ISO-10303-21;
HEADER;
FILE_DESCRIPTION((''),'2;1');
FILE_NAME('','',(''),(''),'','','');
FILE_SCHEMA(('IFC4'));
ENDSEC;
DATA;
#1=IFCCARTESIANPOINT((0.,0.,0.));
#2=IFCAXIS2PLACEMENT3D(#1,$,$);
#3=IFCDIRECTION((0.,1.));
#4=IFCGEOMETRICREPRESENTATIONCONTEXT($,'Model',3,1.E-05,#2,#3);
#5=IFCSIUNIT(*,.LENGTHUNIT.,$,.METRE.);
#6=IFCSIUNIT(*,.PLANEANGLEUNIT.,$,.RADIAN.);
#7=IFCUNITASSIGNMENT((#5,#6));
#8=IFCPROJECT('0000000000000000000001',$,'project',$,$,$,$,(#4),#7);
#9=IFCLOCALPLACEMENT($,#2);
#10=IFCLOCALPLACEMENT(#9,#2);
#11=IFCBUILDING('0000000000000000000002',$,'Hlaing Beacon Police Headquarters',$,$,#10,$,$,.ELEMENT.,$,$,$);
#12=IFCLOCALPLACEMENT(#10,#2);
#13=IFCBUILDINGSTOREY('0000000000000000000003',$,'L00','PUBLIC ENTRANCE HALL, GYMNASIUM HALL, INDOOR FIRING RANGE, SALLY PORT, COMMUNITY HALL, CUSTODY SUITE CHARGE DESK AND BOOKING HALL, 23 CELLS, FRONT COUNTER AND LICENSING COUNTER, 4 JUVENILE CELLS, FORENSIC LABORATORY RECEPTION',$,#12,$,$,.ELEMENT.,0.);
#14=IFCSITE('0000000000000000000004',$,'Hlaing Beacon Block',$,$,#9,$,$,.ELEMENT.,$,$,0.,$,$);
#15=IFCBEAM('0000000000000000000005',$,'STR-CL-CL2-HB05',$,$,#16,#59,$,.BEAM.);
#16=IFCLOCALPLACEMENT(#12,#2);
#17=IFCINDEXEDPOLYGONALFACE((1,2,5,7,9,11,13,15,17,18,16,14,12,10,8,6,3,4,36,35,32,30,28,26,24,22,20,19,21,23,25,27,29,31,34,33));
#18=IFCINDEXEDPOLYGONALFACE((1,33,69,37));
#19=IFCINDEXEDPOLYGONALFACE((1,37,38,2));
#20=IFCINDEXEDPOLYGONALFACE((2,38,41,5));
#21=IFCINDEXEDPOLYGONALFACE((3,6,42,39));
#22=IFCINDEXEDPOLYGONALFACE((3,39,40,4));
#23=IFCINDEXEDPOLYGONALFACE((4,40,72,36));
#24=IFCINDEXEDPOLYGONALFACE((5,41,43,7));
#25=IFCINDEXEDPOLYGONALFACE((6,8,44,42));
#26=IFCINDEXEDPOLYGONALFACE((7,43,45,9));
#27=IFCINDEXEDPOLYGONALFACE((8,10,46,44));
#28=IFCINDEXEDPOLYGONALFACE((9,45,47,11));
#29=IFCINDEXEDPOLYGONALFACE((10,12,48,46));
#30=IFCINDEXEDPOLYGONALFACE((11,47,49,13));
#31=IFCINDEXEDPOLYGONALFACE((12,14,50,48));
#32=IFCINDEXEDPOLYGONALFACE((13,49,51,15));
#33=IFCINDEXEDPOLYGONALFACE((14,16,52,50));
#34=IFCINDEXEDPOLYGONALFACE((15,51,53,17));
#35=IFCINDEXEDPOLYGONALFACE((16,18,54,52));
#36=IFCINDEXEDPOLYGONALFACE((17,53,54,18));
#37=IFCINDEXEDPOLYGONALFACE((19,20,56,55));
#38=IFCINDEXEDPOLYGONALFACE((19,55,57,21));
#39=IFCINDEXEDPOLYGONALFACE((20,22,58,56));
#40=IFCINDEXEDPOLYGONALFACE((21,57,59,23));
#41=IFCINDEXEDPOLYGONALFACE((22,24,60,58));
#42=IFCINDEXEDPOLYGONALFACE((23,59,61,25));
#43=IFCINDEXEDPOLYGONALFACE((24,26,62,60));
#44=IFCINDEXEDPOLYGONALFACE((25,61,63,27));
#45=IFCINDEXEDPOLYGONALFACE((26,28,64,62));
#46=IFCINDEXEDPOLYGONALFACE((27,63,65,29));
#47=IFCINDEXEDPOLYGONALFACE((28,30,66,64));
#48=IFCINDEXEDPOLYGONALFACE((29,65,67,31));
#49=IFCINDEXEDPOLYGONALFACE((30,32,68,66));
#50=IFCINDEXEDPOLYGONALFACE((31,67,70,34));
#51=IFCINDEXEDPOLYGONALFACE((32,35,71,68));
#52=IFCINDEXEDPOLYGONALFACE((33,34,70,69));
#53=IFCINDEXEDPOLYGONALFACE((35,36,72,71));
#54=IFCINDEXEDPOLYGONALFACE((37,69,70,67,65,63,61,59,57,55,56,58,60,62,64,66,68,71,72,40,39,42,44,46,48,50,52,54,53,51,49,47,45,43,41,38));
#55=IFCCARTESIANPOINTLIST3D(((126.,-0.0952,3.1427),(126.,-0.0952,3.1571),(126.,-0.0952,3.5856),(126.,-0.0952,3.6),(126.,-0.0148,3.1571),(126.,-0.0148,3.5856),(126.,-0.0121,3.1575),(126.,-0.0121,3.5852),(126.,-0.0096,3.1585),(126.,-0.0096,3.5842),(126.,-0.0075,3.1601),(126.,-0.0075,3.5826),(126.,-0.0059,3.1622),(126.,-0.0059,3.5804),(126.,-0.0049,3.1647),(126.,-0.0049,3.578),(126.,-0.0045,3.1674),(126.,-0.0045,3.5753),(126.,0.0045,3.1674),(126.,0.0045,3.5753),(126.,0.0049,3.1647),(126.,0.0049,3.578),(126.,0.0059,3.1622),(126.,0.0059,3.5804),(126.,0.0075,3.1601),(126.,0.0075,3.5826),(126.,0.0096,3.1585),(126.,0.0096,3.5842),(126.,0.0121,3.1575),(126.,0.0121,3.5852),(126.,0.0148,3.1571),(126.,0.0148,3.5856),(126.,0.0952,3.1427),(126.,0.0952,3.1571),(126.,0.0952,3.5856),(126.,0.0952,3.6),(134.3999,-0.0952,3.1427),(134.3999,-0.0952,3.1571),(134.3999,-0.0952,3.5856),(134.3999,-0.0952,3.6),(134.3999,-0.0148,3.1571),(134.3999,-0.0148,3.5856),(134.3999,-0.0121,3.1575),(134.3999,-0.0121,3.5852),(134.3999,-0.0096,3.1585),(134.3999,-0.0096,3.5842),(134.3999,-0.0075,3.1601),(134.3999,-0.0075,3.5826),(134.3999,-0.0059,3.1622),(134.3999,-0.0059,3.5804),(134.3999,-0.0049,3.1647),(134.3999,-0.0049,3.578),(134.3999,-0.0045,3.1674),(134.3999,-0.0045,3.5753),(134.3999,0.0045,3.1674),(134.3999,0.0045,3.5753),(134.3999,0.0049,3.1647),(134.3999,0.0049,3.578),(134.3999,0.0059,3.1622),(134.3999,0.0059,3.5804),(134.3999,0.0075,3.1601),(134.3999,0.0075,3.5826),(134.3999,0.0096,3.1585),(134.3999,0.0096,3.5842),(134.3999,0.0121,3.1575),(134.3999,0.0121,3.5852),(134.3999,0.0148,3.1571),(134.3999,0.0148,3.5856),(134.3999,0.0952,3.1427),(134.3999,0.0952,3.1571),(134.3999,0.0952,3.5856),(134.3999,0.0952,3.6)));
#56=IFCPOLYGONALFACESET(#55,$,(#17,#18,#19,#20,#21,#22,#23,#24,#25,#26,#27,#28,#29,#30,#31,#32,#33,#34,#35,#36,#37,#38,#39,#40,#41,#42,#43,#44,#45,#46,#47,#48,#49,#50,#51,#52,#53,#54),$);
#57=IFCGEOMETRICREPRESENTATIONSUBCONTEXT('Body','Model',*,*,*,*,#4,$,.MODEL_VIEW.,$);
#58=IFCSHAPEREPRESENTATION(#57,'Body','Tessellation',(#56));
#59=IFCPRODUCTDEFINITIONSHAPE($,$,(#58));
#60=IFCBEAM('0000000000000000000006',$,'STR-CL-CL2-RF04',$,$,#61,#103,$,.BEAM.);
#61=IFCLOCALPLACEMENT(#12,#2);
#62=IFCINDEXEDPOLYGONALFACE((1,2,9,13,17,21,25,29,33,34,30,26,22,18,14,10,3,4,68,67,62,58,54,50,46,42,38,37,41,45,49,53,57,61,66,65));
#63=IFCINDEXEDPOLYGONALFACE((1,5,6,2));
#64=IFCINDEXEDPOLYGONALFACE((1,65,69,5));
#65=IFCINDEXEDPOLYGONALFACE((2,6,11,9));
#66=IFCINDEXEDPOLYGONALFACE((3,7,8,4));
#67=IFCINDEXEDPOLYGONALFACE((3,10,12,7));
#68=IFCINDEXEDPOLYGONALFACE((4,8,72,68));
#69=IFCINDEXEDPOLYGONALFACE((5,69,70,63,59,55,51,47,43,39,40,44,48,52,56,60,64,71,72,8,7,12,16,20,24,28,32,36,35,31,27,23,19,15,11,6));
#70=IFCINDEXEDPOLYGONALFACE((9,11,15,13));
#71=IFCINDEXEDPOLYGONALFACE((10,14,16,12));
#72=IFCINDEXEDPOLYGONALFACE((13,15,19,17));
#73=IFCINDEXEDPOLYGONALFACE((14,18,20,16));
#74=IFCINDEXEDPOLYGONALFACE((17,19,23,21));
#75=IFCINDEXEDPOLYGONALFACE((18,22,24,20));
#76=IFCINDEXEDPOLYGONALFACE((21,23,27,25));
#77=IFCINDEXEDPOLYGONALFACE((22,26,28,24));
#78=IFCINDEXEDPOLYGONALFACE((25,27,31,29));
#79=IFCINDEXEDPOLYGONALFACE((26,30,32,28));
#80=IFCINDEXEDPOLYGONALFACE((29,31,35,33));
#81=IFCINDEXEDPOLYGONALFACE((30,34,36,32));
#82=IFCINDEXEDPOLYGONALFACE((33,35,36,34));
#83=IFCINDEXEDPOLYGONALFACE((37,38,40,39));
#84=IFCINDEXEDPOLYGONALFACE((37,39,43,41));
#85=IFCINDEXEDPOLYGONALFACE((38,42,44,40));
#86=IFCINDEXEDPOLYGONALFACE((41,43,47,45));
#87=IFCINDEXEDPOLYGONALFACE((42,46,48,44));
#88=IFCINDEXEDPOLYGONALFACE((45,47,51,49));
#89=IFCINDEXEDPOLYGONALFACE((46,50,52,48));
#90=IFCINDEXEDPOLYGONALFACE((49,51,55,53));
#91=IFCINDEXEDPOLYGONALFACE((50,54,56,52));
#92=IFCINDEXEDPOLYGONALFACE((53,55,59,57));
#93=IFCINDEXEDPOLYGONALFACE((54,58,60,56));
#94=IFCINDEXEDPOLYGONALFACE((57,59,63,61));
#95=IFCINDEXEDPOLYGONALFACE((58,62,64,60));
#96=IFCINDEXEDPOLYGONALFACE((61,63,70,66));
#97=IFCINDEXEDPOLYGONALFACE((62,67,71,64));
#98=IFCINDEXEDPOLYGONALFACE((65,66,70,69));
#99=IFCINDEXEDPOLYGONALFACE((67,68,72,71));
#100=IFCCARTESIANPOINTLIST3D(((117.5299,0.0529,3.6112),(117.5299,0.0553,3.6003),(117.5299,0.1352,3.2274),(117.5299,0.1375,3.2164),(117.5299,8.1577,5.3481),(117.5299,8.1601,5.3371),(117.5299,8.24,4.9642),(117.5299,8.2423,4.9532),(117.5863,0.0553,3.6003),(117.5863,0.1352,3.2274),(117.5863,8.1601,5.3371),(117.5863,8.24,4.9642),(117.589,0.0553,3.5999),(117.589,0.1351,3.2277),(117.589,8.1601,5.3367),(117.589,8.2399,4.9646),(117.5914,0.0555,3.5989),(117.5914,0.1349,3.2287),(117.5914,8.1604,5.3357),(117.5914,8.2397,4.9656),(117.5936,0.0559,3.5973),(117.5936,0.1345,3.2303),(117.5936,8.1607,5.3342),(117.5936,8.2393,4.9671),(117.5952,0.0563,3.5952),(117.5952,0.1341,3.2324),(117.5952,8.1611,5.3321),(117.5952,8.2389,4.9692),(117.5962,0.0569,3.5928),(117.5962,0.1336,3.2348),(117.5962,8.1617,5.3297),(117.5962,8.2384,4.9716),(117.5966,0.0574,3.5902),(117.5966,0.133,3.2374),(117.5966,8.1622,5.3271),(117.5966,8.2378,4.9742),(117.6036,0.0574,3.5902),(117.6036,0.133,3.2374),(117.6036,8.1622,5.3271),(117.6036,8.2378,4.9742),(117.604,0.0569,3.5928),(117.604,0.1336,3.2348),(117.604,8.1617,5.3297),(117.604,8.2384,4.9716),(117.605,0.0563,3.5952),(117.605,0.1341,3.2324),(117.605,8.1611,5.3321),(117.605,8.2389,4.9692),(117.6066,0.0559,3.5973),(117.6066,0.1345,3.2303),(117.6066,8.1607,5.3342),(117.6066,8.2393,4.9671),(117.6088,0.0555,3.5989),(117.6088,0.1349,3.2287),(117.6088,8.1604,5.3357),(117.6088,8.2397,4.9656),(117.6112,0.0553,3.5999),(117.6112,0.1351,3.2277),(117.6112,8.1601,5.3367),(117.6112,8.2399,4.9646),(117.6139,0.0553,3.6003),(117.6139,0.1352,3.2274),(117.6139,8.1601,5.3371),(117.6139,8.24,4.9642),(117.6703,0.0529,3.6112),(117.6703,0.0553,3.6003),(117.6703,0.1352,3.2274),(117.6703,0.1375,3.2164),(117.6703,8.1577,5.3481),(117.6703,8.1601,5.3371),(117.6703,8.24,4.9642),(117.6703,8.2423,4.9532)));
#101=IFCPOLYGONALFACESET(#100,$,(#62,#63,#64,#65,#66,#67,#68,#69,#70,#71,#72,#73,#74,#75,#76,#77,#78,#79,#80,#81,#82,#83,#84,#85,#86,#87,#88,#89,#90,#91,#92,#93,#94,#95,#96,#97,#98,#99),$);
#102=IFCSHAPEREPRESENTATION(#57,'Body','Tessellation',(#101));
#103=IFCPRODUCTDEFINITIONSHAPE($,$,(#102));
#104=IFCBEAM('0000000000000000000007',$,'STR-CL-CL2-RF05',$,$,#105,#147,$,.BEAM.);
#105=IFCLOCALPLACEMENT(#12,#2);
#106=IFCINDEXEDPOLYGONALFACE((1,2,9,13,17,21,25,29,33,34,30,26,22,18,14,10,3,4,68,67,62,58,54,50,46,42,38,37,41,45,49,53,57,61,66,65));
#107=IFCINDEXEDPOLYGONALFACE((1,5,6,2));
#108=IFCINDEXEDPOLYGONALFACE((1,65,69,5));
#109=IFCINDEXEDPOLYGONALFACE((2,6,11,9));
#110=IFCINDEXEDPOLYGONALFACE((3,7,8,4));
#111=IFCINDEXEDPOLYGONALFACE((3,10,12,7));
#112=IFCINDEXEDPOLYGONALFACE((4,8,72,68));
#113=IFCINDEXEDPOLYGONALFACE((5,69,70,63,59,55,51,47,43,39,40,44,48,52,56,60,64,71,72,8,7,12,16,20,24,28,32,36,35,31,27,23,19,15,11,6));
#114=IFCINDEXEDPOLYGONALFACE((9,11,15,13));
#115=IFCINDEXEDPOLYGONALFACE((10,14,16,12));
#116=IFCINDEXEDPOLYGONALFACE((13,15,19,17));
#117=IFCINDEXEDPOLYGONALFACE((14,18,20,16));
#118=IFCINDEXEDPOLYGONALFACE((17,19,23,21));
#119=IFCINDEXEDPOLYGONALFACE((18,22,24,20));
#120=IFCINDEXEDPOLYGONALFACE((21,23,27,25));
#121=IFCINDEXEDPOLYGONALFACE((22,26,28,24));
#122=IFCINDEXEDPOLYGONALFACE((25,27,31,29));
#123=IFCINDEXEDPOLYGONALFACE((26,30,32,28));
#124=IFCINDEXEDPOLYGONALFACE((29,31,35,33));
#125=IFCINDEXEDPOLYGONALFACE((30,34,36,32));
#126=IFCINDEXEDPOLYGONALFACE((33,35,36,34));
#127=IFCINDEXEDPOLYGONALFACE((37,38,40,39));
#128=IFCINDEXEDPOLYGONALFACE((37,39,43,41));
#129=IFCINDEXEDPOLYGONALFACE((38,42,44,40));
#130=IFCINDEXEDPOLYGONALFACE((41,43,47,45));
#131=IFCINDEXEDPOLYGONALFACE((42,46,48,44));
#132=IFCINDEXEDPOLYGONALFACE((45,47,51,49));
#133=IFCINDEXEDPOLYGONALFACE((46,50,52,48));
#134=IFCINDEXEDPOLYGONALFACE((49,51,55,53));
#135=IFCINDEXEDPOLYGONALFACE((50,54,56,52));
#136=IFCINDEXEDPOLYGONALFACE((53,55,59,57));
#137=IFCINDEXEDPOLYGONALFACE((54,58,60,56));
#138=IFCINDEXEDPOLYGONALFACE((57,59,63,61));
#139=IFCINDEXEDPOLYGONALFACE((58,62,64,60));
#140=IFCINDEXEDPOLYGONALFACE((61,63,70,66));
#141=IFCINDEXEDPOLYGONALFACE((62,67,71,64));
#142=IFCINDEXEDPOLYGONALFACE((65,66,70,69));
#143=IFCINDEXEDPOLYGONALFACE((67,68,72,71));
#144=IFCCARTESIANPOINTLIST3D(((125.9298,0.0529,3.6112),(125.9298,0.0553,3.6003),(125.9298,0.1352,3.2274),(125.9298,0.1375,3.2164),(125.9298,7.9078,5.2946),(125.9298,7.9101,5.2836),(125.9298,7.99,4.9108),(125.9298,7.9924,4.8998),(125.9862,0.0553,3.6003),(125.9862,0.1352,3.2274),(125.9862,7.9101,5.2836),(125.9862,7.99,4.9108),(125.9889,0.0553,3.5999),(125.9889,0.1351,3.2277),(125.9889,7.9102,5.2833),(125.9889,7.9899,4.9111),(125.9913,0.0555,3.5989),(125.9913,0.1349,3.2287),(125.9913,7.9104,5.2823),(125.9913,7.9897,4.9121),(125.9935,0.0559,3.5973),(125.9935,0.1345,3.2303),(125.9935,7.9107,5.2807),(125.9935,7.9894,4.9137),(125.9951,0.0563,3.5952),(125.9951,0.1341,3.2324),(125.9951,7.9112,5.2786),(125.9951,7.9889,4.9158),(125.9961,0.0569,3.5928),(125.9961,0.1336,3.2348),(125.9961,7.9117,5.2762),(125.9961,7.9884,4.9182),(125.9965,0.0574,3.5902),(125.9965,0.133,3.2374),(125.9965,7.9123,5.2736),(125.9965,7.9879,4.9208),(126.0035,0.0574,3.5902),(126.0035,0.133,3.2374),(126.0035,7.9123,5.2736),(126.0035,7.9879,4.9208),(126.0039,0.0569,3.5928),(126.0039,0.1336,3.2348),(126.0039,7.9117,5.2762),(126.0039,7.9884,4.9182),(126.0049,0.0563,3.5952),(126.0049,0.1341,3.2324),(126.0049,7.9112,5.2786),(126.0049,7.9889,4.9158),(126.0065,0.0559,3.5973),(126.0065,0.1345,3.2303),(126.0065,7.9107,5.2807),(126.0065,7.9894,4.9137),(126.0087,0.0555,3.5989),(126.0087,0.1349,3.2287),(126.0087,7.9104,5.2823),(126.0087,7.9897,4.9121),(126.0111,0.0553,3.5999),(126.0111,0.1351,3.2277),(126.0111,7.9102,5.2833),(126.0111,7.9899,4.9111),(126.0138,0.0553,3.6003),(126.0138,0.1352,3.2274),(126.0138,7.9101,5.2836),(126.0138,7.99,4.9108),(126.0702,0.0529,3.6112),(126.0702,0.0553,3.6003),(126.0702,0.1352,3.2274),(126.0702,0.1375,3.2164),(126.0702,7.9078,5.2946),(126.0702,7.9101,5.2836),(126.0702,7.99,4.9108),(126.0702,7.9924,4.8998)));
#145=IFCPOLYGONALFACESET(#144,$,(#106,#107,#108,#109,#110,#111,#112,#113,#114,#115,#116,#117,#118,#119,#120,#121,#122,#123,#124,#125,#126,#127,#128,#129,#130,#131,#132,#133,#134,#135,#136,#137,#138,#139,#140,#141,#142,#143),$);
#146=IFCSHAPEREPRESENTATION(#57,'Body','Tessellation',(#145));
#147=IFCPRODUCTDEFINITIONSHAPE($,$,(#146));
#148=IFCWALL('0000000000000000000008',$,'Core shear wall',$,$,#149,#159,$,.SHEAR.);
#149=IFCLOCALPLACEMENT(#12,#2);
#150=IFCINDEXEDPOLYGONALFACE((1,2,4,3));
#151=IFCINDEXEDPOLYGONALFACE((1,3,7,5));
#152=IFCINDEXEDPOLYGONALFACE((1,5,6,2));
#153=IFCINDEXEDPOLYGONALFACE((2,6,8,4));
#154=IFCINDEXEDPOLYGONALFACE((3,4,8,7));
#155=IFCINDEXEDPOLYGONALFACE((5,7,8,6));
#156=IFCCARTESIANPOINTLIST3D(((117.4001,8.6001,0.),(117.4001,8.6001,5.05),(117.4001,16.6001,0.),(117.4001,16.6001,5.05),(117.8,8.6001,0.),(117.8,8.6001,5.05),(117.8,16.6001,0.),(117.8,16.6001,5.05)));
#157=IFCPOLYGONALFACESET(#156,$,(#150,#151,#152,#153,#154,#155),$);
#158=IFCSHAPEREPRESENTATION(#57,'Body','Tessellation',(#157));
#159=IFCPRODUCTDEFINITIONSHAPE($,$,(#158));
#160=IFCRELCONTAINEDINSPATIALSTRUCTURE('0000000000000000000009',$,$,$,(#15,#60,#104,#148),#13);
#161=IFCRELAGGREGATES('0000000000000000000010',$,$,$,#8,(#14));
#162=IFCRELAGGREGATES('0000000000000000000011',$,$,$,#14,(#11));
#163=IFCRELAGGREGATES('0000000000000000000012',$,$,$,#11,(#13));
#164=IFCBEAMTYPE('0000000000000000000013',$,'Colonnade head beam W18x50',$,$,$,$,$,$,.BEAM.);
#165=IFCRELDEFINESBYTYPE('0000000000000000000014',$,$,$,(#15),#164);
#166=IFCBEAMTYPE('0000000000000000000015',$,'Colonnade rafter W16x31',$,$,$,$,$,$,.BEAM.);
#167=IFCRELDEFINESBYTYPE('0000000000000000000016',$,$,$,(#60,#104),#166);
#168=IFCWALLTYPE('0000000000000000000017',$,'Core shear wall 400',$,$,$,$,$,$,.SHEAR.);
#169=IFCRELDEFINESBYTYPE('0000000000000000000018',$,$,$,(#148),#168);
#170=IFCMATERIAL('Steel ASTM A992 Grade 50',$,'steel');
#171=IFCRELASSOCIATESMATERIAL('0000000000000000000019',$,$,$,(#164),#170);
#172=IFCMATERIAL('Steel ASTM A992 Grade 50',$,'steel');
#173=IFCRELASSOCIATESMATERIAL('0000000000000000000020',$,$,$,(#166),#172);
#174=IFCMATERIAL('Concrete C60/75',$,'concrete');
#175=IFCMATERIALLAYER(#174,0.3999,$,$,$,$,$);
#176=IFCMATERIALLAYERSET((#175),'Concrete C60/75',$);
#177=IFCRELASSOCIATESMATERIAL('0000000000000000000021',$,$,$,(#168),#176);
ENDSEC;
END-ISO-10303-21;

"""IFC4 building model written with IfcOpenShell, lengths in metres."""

from ifc_helpers import new_model, si_unit, direction, frame, frame_2d, origin, origin_2d, place, context, subcontext, project, spatial, rectangle, i_section, extrude, material, layer, layer_set, material_profile, profile_set, type_object, element, save


model = new_model("IFC4")

# Units and contexts
model_context = context("Model", 3, precision=1e-05, world=origin(), true_north=direction((0.0, 1.0)))
body_context = subcontext(model_context, "Body", "Model", "MODEL_VIEW")
ifc_project = project(units=[si_unit("LENGTHUNIT", "METRE"), si_unit("PLANEANGLEUNIT", "RADIAN")], contexts=[model_context])

# Site, building, storey
site_placement = place(None, origin())
site = spatial("IfcSite", under=ifc_project, at=site_placement, Name="Hlaing Beacon Block", CompositionType="ELEMENT", RefElevation=0.0)
building_placement = place(site_placement, origin())
building = spatial("IfcBuilding", under=site, at=building_placement, Name="Hlaing Beacon Police Headquarters", CompositionType="ELEMENT")
storey_placement = place(building_placement, origin())
storey = spatial("IfcBuildingStorey", under=building, at=storey_placement, Name="L00", Description="PUBLIC ENTRANCE HALL, GYMNASIUM HALL, INDOOR FIRING RANGE, SALLY PORT, COMMUNITY HALL, CUSTODY SUITE CHARGE DESK AND BOOKING HALL, 23 CELLS, FRONT COUNTER AND LICENSING COUNTER, 4 JUVENILE CELLS, FORENSIC LABORATORY RECEPTION", CompositionType="ELEMENT", Elevation=0.0)

# Beams
ifc_material_1 = material(Name="Steel ASTM A992 Grade 50", Category="steel")
ifc_material_profile_1 = material_profile(ifc_material_1, i_section(OverallWidth=0.1904, OverallDepth=0.4573, WebThickness=0.009, FlangeThickness=0.0144, FilletRadius=0.0103, at=origin_2d()), Name="W18x50")
ifc_profile_set_1 = profile_set([ifc_material_profile_1], Name="Steel ASTM A992 Grade 50")
beam_type_1 = type_object("IfcBeamType", Name="Colonnade head beam W18x50", PredefinedType="BEAM", material=ifc_profile_set_1)
for number, where, z_axis, x_axis, name in (
    (1, (126.0, 0.0, 3.3713), (1.0, 0.0, 0.0), (0.0, 1.0, 0.0), "STR-CL-CL2-HB05"),
):
    element("IfcBeam", number, at=place(storey_placement, frame(where, z_axis=z_axis, x_axis=x_axis)), inside=storey, type_object=beam_type_1, Name=name, PredefinedType="BEAM", context=body_context, shape_type="SweptSolid", body=[
        extrude(i_section(OverallWidth=0.1904, OverallDepth=0.4573, WebThickness=0.009, FlangeThickness=0.0144, FilletRadius=0.0103, at=origin_2d()), origin(), (0.0, 0.0, 1.0), 8.3999),
    ])
ifc_material_2 = material(Name="Steel ASTM A992 Grade 50", Category="steel")
ifc_material_profile_2 = material_profile(ifc_material_2, i_section(OverallWidth=0.1404, OverallDepth=0.4038, WebThickness=0.0071, FlangeThickness=0.0112, FilletRadius=0.0103, at=origin_2d()), Name="W16x31")
ifc_profile_set_2 = profile_set([ifc_material_profile_2], Name="Steel ASTM A992 Grade 50")
beam_type_2 = type_object("IfcBeamType", Name="Colonnade rafter W16x31", PredefinedType="BEAM", material=ifc_profile_set_2)
beam_1_placement = place(storey_placement, frame((117.6001, 0.0952, 3.4138), z_axis=(0.0, 0.9778, 0.209539), x_axis=(-1.0, 0.0, 0.0)))
element("IfcBeam", 2, at=beam_1_placement, inside=storey, type_object=beam_type_2, Name="STR-CL-CL2-RF04", PredefinedType="BEAM", context=body_context, shape_type="SweptSolid", body=[
    extrude(i_section(OverallWidth=0.1404, OverallDepth=0.4038, WebThickness=0.0071, FlangeThickness=0.0112, FilletRadius=0.0103, at=origin_2d()), origin(), (0.0, 0.0, 1.0), 8.2888),
])
beam_2_placement = place(storey_placement, frame((126.0, 0.0952, 3.4138), z_axis=(0.0, 0.977798, 0.209552), x_axis=(-1.0, 0.0, 0.0)))
element("IfcBeam", 3, at=beam_2_placement, inside=storey, type_object=beam_type_2, Name="STR-CL-CL2-RF05", PredefinedType="BEAM", context=body_context, shape_type="SweptSolid", body=[
    extrude(i_section(OverallWidth=0.1404, OverallDepth=0.4038, WebThickness=0.0071, FlangeThickness=0.0112, FilletRadius=0.0103, at=origin_2d()), origin(), (0.0, 0.0, 1.0), 8.0332),
])

# Wall
ifc_material_3 = material(Name="Concrete C60/75", Category="concrete")
ifc_layer_1 = layer(ifc_material_3, 0.3999)
ifc_layer_set_1 = layer_set([ifc_layer_1], Name="Concrete C60/75")
wall_type_1 = type_object("IfcWallType", Name="Core shear wall 400", PredefinedType="SHEAR", material=ifc_layer_set_1)
wall_1_placement = place(storey_placement, frame((117.6001, 8.6001, 0.0), z_axis=(0.0, 0.0, 1.0), x_axis=(0.0, 1.0, 0.0)))
element("IfcWall", 4, at=wall_1_placement, inside=storey, type_object=wall_type_1, Name="Core shear wall", PredefinedType="SHEAR", context=body_context, shape_type="SweptSolid", body=[
    extrude(rectangle(XDim=8.0, YDim=0.3999, at=frame_2d((4.0, 0.0))), origin(), (0.0, 0.0, 1.0), 5.05),
])

save(model, "model.ifc")
